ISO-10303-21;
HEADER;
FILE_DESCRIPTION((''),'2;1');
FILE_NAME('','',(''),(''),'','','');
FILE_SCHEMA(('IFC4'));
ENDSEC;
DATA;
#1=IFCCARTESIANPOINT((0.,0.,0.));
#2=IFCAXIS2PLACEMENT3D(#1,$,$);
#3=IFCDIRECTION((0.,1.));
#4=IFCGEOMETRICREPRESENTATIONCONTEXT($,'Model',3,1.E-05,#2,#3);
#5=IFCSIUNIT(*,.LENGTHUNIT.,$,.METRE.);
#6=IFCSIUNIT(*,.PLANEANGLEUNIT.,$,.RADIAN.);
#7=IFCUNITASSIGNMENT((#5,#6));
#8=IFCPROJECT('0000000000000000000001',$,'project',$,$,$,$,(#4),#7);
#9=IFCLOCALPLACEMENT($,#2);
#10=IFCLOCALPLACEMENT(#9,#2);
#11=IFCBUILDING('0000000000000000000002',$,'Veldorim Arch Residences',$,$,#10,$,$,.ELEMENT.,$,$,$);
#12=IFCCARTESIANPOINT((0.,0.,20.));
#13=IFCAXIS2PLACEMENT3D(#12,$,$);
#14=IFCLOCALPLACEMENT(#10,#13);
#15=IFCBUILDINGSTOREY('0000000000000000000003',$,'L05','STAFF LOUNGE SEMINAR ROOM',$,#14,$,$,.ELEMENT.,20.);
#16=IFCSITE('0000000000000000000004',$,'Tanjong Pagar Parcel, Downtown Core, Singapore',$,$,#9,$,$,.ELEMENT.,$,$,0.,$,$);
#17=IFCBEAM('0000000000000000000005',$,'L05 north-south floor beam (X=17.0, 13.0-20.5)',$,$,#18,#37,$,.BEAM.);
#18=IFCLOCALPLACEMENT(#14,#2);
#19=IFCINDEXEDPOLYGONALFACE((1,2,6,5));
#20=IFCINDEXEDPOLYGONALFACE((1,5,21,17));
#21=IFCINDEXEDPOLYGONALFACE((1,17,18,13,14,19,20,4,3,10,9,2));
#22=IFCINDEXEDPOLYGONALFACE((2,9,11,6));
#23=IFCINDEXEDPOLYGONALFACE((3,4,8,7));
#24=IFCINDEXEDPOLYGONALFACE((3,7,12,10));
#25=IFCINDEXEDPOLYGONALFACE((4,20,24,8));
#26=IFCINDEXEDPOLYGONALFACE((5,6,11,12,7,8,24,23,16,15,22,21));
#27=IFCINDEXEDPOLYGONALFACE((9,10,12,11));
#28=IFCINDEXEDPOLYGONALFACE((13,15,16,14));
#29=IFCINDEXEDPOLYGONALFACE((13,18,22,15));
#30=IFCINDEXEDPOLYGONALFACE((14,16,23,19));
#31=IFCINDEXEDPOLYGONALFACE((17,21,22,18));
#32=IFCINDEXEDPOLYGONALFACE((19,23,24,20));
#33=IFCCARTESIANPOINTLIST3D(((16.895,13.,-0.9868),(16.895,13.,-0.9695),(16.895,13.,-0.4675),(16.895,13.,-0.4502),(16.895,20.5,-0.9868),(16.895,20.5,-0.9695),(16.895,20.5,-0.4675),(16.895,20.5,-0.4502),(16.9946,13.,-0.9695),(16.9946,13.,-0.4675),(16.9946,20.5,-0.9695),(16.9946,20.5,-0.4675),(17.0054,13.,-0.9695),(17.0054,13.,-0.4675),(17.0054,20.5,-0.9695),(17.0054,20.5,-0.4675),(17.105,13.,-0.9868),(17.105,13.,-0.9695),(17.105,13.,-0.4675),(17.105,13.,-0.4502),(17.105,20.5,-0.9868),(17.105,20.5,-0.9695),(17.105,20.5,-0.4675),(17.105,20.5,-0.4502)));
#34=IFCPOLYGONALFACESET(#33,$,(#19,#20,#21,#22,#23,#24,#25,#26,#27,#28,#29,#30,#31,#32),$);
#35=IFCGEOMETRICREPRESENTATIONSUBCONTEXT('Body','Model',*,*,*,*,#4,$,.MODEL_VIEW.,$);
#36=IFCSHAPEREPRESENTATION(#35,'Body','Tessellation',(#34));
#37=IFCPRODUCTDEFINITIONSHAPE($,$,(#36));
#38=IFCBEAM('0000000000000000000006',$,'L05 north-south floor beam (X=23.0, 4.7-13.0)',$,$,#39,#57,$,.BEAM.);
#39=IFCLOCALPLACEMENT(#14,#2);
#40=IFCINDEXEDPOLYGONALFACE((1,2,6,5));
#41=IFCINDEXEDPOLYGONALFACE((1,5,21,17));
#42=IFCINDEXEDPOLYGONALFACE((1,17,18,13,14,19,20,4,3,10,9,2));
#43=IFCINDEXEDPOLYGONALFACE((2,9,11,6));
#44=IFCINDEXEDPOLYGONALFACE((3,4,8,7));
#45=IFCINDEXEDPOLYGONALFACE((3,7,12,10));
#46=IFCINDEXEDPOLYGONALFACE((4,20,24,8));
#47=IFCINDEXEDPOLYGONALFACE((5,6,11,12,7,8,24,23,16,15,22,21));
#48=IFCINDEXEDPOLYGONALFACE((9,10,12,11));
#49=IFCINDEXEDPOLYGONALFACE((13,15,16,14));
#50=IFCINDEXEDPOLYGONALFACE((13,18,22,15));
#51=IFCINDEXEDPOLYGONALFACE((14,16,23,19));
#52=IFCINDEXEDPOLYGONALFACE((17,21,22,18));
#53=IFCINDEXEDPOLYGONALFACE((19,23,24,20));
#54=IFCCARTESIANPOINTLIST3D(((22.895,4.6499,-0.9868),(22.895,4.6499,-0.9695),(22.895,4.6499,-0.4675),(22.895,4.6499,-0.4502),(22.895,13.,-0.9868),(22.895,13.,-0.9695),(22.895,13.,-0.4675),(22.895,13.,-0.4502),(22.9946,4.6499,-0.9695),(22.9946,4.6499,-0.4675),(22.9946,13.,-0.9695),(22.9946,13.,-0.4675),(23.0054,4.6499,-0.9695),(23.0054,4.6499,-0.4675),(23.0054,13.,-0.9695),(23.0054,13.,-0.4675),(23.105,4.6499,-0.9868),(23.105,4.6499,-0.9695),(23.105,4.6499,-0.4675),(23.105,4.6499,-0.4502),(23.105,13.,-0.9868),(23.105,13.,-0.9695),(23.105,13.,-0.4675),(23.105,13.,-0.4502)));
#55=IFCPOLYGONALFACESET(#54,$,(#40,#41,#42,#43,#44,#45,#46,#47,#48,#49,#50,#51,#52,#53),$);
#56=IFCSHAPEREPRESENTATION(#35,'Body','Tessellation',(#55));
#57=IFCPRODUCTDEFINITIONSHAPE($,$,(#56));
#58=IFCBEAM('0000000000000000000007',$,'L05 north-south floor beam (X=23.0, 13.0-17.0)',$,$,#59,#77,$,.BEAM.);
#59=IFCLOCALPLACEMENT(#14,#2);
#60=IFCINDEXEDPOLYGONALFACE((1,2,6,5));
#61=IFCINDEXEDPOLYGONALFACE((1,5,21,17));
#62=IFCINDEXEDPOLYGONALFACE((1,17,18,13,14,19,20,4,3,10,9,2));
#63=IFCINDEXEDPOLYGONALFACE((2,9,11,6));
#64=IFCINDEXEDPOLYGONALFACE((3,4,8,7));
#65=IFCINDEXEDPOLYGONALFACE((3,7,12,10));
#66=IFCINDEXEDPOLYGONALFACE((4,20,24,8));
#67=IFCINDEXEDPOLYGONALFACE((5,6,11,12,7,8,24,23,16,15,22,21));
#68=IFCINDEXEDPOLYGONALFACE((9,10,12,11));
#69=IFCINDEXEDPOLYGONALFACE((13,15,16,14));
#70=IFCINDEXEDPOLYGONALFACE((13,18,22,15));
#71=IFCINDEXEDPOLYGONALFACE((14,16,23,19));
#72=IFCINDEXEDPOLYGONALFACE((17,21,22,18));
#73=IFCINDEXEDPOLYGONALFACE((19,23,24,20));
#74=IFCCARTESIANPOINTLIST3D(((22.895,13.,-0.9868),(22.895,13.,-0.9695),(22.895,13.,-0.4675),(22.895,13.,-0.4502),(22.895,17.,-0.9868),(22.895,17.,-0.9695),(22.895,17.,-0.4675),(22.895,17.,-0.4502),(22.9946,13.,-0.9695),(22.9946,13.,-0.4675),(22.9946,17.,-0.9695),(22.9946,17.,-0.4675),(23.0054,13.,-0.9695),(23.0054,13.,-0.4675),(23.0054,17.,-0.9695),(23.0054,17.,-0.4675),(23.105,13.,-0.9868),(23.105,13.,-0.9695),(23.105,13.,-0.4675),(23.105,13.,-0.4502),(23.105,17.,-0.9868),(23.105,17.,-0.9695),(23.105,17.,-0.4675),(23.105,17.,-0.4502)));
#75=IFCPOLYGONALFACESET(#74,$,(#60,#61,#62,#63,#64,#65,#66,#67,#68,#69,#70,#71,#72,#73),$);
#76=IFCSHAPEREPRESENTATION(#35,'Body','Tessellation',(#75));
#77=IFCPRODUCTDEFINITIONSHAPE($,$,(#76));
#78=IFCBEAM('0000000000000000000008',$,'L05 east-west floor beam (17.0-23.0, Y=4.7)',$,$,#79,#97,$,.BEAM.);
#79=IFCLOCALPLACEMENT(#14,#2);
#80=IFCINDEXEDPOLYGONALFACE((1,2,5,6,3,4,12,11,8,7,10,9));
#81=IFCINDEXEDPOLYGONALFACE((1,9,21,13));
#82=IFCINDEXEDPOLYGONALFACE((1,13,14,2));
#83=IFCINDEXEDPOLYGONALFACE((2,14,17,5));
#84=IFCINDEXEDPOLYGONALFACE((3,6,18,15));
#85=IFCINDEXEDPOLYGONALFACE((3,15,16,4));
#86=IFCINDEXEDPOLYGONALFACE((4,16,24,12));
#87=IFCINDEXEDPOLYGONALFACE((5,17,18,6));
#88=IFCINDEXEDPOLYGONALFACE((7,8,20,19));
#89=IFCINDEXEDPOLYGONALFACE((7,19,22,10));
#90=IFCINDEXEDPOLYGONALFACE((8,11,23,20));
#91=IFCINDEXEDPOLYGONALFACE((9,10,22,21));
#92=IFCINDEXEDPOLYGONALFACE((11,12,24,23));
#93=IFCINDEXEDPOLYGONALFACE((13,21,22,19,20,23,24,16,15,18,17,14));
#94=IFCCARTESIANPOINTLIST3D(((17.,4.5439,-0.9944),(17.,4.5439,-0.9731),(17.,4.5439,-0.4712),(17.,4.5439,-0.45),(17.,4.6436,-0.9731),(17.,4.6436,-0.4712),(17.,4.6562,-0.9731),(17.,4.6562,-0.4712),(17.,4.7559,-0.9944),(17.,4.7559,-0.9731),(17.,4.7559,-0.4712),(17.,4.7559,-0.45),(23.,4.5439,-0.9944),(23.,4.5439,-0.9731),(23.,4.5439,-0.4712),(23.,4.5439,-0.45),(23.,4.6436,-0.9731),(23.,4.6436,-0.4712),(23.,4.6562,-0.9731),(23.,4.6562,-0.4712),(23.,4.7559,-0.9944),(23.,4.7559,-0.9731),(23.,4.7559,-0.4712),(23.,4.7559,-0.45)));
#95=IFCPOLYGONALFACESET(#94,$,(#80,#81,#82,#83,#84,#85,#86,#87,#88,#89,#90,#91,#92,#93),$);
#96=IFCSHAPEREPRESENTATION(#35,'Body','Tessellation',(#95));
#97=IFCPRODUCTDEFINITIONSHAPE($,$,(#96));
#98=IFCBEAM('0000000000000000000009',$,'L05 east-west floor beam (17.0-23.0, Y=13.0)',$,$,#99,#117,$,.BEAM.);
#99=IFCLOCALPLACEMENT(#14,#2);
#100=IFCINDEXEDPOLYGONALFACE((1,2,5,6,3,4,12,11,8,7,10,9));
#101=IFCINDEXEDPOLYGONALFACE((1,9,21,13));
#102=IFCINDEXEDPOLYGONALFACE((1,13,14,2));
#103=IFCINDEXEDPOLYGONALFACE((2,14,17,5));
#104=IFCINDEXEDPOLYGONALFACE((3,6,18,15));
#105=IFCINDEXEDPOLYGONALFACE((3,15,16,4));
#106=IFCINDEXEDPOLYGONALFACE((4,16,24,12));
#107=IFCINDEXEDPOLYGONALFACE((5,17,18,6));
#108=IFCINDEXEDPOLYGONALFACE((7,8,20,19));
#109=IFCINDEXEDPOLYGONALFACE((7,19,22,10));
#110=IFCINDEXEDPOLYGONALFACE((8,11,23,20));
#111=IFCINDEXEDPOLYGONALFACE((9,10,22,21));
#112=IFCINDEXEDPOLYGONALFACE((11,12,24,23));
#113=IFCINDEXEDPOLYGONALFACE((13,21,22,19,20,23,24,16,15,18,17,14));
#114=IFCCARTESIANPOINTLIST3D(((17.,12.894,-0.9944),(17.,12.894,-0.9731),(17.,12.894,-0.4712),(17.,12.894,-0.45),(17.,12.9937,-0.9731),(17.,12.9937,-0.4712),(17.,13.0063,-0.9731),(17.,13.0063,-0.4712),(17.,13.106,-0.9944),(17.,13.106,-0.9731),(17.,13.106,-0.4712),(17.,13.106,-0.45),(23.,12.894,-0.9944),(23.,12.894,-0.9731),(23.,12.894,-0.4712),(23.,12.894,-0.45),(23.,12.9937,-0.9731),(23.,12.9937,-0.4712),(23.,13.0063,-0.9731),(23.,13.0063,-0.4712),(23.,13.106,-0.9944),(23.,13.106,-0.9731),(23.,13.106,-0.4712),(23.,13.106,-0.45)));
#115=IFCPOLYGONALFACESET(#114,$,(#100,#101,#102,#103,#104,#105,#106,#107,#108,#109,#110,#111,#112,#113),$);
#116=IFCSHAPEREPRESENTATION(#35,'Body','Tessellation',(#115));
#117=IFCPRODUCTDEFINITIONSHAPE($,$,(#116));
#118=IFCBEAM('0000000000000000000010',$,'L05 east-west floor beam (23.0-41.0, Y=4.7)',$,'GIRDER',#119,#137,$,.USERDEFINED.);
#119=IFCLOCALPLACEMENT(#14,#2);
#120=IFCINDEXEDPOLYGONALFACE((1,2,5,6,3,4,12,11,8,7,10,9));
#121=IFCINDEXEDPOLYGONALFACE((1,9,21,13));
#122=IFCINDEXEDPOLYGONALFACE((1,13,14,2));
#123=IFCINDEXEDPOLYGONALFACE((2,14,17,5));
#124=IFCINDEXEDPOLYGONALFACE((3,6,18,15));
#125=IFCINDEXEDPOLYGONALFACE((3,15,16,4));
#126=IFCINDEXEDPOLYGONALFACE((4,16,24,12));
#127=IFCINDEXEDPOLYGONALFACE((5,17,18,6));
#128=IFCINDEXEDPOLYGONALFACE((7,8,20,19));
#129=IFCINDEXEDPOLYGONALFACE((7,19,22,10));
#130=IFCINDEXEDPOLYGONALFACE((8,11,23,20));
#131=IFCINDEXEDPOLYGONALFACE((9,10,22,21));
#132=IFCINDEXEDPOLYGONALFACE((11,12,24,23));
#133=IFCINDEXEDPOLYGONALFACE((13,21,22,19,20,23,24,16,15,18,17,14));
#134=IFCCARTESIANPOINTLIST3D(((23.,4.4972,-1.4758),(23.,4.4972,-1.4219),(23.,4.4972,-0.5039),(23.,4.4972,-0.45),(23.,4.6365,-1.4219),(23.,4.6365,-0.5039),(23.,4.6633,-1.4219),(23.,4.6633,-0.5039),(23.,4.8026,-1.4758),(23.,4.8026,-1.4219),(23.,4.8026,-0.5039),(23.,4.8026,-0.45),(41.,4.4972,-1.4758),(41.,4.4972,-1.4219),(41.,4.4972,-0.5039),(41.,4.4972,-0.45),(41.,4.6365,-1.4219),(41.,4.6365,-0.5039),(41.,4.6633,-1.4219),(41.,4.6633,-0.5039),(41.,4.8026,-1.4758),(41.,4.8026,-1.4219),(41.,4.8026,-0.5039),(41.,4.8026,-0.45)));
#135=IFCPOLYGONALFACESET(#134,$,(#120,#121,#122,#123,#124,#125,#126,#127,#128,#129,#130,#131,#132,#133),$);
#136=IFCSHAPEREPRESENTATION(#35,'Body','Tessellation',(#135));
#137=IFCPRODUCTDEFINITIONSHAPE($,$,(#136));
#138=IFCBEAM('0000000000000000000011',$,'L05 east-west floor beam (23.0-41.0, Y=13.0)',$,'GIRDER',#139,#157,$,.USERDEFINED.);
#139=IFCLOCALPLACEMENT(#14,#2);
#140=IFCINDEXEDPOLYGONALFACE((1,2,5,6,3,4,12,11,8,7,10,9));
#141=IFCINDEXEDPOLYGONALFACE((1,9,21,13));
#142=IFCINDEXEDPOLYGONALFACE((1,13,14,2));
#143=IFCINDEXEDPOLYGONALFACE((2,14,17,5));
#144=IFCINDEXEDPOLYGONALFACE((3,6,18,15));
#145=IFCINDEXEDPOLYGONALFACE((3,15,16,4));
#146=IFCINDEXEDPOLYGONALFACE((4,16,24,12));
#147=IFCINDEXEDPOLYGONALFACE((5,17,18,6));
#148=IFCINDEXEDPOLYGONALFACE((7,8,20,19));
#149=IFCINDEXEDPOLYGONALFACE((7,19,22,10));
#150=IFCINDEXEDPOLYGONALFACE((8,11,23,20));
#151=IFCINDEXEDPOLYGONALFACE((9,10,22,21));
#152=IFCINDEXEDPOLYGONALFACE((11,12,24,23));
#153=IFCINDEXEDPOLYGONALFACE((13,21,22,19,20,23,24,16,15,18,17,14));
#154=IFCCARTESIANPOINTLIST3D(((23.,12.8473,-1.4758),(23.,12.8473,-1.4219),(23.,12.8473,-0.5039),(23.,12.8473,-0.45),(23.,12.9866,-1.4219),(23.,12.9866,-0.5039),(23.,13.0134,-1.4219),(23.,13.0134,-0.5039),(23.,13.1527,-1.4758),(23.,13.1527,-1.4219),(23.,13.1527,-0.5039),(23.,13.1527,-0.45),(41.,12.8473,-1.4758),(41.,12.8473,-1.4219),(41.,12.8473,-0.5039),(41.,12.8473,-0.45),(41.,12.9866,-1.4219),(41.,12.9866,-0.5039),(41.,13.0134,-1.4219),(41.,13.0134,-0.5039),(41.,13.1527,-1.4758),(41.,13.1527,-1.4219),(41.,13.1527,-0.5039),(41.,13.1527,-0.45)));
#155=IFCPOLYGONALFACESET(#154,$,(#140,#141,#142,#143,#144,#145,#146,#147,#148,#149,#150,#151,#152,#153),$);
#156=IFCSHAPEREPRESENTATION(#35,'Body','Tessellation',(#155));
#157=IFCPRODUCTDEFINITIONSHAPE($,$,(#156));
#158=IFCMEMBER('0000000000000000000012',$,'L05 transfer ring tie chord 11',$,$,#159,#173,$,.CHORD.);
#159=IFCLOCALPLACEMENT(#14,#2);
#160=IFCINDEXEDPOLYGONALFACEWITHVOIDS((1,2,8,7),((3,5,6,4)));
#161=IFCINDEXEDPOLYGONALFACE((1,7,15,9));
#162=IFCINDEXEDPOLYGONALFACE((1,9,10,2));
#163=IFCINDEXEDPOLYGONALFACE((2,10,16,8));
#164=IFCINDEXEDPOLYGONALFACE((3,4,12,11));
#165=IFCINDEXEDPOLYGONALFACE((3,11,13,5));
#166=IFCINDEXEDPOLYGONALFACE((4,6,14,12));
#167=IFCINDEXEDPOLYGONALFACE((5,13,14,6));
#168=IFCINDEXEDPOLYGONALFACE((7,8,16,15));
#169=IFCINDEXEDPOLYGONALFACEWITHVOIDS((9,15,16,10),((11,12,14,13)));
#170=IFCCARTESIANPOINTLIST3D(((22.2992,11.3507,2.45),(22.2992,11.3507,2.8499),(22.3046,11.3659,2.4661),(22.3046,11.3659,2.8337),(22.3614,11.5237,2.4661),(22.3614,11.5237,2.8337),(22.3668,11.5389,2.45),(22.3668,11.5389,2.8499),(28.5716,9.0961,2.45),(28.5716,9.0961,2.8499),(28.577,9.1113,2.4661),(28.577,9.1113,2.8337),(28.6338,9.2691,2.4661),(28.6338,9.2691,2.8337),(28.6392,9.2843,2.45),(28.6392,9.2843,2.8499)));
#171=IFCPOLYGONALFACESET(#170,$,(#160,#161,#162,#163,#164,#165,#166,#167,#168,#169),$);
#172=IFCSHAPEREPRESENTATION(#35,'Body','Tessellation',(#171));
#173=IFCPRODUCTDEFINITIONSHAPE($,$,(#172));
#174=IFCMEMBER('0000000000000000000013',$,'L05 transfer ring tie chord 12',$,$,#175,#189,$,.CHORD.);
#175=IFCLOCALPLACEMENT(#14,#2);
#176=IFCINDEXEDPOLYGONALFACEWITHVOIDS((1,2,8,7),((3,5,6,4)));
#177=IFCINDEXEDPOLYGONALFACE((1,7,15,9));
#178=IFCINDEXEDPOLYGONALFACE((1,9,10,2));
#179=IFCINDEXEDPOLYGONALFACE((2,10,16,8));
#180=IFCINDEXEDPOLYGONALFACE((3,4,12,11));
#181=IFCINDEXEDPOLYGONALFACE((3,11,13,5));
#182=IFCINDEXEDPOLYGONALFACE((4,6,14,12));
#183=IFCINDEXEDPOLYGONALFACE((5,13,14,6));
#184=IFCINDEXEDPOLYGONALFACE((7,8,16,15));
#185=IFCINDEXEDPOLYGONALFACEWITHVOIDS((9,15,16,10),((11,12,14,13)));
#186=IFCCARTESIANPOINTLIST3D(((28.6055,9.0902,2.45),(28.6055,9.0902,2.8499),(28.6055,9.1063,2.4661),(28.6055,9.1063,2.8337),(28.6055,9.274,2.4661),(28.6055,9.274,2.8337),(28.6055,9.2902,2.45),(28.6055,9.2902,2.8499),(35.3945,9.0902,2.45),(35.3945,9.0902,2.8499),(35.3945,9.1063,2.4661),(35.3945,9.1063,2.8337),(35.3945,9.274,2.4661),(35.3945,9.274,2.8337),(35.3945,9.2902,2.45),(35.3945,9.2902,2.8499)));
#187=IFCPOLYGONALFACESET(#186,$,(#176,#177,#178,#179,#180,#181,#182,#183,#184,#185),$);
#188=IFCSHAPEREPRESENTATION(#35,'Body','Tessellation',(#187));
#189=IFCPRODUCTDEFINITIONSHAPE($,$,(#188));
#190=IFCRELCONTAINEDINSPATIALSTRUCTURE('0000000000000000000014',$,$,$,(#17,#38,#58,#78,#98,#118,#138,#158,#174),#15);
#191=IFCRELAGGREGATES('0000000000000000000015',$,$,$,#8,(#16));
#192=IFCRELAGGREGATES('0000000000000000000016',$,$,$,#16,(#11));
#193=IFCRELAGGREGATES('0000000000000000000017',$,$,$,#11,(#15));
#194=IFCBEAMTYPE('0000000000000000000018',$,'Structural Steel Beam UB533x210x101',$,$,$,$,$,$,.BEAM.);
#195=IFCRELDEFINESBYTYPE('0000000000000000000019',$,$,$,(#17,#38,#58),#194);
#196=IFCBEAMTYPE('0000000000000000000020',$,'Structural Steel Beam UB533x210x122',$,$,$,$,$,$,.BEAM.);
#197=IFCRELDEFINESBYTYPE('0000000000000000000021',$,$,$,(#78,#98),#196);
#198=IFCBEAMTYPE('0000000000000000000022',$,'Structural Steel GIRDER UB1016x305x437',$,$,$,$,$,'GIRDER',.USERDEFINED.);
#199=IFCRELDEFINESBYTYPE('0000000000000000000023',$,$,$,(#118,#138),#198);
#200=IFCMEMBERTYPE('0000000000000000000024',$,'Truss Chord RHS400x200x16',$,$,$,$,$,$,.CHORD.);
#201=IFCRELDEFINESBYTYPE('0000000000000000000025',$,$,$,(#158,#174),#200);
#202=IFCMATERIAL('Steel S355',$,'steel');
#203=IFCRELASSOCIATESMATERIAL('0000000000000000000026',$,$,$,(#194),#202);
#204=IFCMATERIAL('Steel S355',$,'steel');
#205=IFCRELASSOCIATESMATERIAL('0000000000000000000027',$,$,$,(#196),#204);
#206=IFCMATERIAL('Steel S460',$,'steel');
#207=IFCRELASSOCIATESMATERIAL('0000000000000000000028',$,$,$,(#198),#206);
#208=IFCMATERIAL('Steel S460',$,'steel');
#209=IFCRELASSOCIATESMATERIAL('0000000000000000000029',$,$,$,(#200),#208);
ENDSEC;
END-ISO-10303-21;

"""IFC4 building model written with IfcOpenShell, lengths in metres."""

from ifc_helpers import new_model, si_unit, direction, frame, origin, origin_2d, place, context, subcontext, project, spatial, hollow_rectangle, i_section, extrude, material, material_profile, profile_set, type_object, element, save


model = new_model("IFC4")

# Units and contexts
model_context = context("Model", 3, precision=1e-05, world=origin(), true_north=direction((0.0, 1.0)))
body_context = subcontext(model_context, "Body", "Model", "MODEL_VIEW")
ifc_project = project(units=[si_unit("LENGTHUNIT", "METRE"), si_unit("PLANEANGLEUNIT", "RADIAN")], contexts=[model_context])

# Site, building, storey
site_placement = place(None, origin())
site = spatial("IfcSite", under=ifc_project, at=site_placement, Name="Tanjong Pagar Parcel, Downtown Core, Singapore", CompositionType="ELEMENT", RefElevation=0.0)
building_placement = place(site_placement, origin())
building = spatial("IfcBuilding", under=site, at=building_placement, Name="Veldorim Arch Residences", CompositionType="ELEMENT")
storey_placement = place(building_placement, frame((0.0, 0.0, 20.0)))
storey = spatial("IfcBuildingStorey", under=building, at=storey_placement, Name="L05", Description="STAFF LOUNGE SEMINAR ROOM", CompositionType="ELEMENT", Elevation=20.0)

# Beams
ifc_material_1 = material(Name="Steel S355", Category="steel")
ifc_material_profile_1 = material_profile(ifc_material_1, i_section(OverallWidth=0.21, OverallDepth=0.5366, WebThickness=0.0107, FlangeThickness=0.0173, at=origin_2d()), Name="UB533x210x101")
ifc_profile_set_1 = profile_set([ifc_material_profile_1], Name="Steel S355")
beam_type_1 = type_object("IfcBeamType", Name="Structural Steel Beam UB533x210x101", PredefinedType="BEAM", material=ifc_profile_set_1)
beam_1_placement = place(storey_placement, frame((17.0, 13.0, -0.7185), z_axis=(0.0, 1.0, 0.0), x_axis=(-1.0, 0.0, 0.0)))
element("IfcBeam", 1, at=beam_1_placement, inside=storey, type_object=beam_type_1, Name="L05 north-south floor beam (X=17.0, 13.0-20.5)", PredefinedType="BEAM", context=body_context, shape_type="SweptSolid", body=[
    extrude(i_section(OverallWidth=0.21, OverallDepth=0.5366, WebThickness=0.0107, FlangeThickness=0.0173, at=origin_2d()), origin(), (0.0, 0.0, 1.0), 7.5),
])
beam_2_placement = place(storey_placement, frame((23.0, 4.6499, -0.7185), z_axis=(0.0, 1.0, 0.0), x_axis=(-1.0, 0.0, 0.0)))
element("IfcBeam", 2, at=beam_2_placement, inside=storey, type_object=beam_type_1, Name="L05 north-south floor beam (X=23.0, 4.7-13.0)", PredefinedType="BEAM", context=body_context, shape_type="SweptSolid", body=[
    extrude(i_section(OverallWidth=0.21, OverallDepth=0.5366, WebThickness=0.0107, FlangeThickness=0.0173, at=origin_2d()), origin(), (0.0, 0.0, 1.0), 8.3501),
])
beam_3_placement = place(storey_placement, frame((23.0, 13.0, -0.7185), z_axis=(0.0, 1.0, 0.0), x_axis=(-1.0, 0.0, 0.0)))
element("IfcBeam", 3, at=beam_3_placement, inside=storey, type_object=beam_type_1, Name="L05 north-south floor beam (X=23.0, 13.0-17.0)", PredefinedType="BEAM", context=body_context, shape_type="SweptSolid", body=[
    extrude(i_section(OverallWidth=0.21, OverallDepth=0.5366, WebThickness=0.0107, FlangeThickness=0.0173, at=origin_2d()), origin(), (0.0, 0.0, 1.0), 4.0),
])
ifc_material_2 = material(Name="Steel S355", Category="steel")
ifc_material_profile_2 = material_profile(ifc_material_2, i_section(OverallWidth=0.2119, OverallDepth=0.5444, WebThickness=0.0127, FlangeThickness=0.0212, at=origin_2d()), Name="UB533x210x122")
ifc_profile_set_2 = profile_set([ifc_material_profile_2], Name="Steel S355")
beam_type_2 = type_object("IfcBeamType", Name="Structural Steel Beam UB533x210x122", PredefinedType="BEAM", material=ifc_profile_set_2)
for number, where, z_axis, x_axis, name in (
    (4, (17.0, 4.6499, -0.7222), (1.0, 0.0, 0.0), (0.0, 1.0, 0.0), "L05 east-west floor beam (17.0-23.0, Y=4.7)"),
    (5, (17.0, 13.0, -0.7222), (1.0, 0.0, 0.0), (0.0, 1.0, 0.0), "L05 east-west floor beam (17.0-23.0, Y=13.0)"),
):
    element("IfcBeam", number, at=place(storey_placement, frame(where, z_axis=z_axis, x_axis=x_axis)), inside=storey, type_object=beam_type_2, Name=name, PredefinedType="BEAM", context=body_context, shape_type="SweptSolid", body=[
        extrude(i_section(OverallWidth=0.2119, OverallDepth=0.5444, WebThickness=0.0127, FlangeThickness=0.0212, at=origin_2d()), origin(), (0.0, 0.0, 1.0), 6.0),
    ])
ifc_material_3 = material(Name="Steel S460", Category="steel")
ifc_material_profile_3 = material_profile(ifc_material_3, i_section(OverallWidth=0.3054, OverallDepth=1.0259, WebThickness=0.0269, FlangeThickness=0.054, at=origin_2d()), Name="UB1016x305x437")
ifc_profile_set_3 = profile_set([ifc_material_profile_3], Name="Steel S460")
beam_type_3 = type_object("IfcBeamType", Name="Structural Steel GIRDER UB1016x305x437", ElementType="GIRDER", PredefinedType="USERDEFINED", material=ifc_profile_set_3)
for number, where, z_axis, x_axis, name in (
    (6, (23.0, 4.6499, -0.9629), (1.0, 0.0, 0.0), (0.0, 1.0, 0.0), "L05 east-west floor beam (23.0-41.0, Y=4.7)"),
    (7, (23.0, 13.0, -0.9629), (1.0, 0.0, 0.0), (0.0, 1.0, 0.0), "L05 east-west floor beam (23.0-41.0, Y=13.0)"),
):
    element("IfcBeam", number, at=place(storey_placement, frame(where, z_axis=z_axis, x_axis=x_axis)), inside=storey, type_object=beam_type_3, Name=name, ObjectType="GIRDER", PredefinedType="USERDEFINED", context=body_context, shape_type="SweptSolid", body=[
        extrude(i_section(OverallWidth=0.3054, OverallDepth=1.0259, WebThickness=0.0269, FlangeThickness=0.054, at=origin_2d()), origin(), (0.0, 0.0, 1.0), 18.0),
    ])

# Members
ifc_material_4 = material(Name="Steel S460", Category="steel")
ifc_material_profile_4 = material_profile(ifc_material_4, hollow_rectangle(XDim=0.2, YDim=0.3999, WallThickness=0.0161, at=origin_2d()), Name="RHS400x200x16")
ifc_profile_set_4 = profile_set([ifc_material_profile_4], Name="Steel S460")
member_type_1 = type_object("IfcMemberType", Name="Truss Chord RHS400x200x16", PredefinedType="CHORD", material=ifc_profile_set_4)
member_1_placement = place(storey_placement, frame((22.333, 11.4448, 2.6499), z_axis=(0.941052, -0.338262, 0.0), x_axis=(0.338262, 0.941052, 0.0)))
element("IfcMember", 8, at=member_1_placement, inside=storey, type_object=member_type_1, Name="L05 transfer ring tie chord 11", PredefinedType="CHORD", context=body_context, shape_type="SweptSolid", body=[
    extrude(hollow_rectangle(XDim=0.2, YDim=0.3999, WallThickness=0.0161, at=origin_2d()), origin(), (0.0, 0.0, 1.0), 6.6653),
])
member_2_placement = place(storey_placement, frame((28.6055, 9.1902, 2.6499), z_axis=(1.0, 0.0, 0.0), x_axis=(0.0, 1.0, 0.0)))
element("IfcMember", 9, at=member_2_placement, inside=storey, type_object=member_type_1, Name="L05 transfer ring tie chord 12", PredefinedType="CHORD", context=body_context, shape_type="SweptSolid", body=[
    extrude(hollow_rectangle(XDim=0.2, YDim=0.3999, WallThickness=0.0161, at=origin_2d()), origin(), (0.0, 0.0, 1.0), 6.7891),
])

save(model, "model.ifc")
